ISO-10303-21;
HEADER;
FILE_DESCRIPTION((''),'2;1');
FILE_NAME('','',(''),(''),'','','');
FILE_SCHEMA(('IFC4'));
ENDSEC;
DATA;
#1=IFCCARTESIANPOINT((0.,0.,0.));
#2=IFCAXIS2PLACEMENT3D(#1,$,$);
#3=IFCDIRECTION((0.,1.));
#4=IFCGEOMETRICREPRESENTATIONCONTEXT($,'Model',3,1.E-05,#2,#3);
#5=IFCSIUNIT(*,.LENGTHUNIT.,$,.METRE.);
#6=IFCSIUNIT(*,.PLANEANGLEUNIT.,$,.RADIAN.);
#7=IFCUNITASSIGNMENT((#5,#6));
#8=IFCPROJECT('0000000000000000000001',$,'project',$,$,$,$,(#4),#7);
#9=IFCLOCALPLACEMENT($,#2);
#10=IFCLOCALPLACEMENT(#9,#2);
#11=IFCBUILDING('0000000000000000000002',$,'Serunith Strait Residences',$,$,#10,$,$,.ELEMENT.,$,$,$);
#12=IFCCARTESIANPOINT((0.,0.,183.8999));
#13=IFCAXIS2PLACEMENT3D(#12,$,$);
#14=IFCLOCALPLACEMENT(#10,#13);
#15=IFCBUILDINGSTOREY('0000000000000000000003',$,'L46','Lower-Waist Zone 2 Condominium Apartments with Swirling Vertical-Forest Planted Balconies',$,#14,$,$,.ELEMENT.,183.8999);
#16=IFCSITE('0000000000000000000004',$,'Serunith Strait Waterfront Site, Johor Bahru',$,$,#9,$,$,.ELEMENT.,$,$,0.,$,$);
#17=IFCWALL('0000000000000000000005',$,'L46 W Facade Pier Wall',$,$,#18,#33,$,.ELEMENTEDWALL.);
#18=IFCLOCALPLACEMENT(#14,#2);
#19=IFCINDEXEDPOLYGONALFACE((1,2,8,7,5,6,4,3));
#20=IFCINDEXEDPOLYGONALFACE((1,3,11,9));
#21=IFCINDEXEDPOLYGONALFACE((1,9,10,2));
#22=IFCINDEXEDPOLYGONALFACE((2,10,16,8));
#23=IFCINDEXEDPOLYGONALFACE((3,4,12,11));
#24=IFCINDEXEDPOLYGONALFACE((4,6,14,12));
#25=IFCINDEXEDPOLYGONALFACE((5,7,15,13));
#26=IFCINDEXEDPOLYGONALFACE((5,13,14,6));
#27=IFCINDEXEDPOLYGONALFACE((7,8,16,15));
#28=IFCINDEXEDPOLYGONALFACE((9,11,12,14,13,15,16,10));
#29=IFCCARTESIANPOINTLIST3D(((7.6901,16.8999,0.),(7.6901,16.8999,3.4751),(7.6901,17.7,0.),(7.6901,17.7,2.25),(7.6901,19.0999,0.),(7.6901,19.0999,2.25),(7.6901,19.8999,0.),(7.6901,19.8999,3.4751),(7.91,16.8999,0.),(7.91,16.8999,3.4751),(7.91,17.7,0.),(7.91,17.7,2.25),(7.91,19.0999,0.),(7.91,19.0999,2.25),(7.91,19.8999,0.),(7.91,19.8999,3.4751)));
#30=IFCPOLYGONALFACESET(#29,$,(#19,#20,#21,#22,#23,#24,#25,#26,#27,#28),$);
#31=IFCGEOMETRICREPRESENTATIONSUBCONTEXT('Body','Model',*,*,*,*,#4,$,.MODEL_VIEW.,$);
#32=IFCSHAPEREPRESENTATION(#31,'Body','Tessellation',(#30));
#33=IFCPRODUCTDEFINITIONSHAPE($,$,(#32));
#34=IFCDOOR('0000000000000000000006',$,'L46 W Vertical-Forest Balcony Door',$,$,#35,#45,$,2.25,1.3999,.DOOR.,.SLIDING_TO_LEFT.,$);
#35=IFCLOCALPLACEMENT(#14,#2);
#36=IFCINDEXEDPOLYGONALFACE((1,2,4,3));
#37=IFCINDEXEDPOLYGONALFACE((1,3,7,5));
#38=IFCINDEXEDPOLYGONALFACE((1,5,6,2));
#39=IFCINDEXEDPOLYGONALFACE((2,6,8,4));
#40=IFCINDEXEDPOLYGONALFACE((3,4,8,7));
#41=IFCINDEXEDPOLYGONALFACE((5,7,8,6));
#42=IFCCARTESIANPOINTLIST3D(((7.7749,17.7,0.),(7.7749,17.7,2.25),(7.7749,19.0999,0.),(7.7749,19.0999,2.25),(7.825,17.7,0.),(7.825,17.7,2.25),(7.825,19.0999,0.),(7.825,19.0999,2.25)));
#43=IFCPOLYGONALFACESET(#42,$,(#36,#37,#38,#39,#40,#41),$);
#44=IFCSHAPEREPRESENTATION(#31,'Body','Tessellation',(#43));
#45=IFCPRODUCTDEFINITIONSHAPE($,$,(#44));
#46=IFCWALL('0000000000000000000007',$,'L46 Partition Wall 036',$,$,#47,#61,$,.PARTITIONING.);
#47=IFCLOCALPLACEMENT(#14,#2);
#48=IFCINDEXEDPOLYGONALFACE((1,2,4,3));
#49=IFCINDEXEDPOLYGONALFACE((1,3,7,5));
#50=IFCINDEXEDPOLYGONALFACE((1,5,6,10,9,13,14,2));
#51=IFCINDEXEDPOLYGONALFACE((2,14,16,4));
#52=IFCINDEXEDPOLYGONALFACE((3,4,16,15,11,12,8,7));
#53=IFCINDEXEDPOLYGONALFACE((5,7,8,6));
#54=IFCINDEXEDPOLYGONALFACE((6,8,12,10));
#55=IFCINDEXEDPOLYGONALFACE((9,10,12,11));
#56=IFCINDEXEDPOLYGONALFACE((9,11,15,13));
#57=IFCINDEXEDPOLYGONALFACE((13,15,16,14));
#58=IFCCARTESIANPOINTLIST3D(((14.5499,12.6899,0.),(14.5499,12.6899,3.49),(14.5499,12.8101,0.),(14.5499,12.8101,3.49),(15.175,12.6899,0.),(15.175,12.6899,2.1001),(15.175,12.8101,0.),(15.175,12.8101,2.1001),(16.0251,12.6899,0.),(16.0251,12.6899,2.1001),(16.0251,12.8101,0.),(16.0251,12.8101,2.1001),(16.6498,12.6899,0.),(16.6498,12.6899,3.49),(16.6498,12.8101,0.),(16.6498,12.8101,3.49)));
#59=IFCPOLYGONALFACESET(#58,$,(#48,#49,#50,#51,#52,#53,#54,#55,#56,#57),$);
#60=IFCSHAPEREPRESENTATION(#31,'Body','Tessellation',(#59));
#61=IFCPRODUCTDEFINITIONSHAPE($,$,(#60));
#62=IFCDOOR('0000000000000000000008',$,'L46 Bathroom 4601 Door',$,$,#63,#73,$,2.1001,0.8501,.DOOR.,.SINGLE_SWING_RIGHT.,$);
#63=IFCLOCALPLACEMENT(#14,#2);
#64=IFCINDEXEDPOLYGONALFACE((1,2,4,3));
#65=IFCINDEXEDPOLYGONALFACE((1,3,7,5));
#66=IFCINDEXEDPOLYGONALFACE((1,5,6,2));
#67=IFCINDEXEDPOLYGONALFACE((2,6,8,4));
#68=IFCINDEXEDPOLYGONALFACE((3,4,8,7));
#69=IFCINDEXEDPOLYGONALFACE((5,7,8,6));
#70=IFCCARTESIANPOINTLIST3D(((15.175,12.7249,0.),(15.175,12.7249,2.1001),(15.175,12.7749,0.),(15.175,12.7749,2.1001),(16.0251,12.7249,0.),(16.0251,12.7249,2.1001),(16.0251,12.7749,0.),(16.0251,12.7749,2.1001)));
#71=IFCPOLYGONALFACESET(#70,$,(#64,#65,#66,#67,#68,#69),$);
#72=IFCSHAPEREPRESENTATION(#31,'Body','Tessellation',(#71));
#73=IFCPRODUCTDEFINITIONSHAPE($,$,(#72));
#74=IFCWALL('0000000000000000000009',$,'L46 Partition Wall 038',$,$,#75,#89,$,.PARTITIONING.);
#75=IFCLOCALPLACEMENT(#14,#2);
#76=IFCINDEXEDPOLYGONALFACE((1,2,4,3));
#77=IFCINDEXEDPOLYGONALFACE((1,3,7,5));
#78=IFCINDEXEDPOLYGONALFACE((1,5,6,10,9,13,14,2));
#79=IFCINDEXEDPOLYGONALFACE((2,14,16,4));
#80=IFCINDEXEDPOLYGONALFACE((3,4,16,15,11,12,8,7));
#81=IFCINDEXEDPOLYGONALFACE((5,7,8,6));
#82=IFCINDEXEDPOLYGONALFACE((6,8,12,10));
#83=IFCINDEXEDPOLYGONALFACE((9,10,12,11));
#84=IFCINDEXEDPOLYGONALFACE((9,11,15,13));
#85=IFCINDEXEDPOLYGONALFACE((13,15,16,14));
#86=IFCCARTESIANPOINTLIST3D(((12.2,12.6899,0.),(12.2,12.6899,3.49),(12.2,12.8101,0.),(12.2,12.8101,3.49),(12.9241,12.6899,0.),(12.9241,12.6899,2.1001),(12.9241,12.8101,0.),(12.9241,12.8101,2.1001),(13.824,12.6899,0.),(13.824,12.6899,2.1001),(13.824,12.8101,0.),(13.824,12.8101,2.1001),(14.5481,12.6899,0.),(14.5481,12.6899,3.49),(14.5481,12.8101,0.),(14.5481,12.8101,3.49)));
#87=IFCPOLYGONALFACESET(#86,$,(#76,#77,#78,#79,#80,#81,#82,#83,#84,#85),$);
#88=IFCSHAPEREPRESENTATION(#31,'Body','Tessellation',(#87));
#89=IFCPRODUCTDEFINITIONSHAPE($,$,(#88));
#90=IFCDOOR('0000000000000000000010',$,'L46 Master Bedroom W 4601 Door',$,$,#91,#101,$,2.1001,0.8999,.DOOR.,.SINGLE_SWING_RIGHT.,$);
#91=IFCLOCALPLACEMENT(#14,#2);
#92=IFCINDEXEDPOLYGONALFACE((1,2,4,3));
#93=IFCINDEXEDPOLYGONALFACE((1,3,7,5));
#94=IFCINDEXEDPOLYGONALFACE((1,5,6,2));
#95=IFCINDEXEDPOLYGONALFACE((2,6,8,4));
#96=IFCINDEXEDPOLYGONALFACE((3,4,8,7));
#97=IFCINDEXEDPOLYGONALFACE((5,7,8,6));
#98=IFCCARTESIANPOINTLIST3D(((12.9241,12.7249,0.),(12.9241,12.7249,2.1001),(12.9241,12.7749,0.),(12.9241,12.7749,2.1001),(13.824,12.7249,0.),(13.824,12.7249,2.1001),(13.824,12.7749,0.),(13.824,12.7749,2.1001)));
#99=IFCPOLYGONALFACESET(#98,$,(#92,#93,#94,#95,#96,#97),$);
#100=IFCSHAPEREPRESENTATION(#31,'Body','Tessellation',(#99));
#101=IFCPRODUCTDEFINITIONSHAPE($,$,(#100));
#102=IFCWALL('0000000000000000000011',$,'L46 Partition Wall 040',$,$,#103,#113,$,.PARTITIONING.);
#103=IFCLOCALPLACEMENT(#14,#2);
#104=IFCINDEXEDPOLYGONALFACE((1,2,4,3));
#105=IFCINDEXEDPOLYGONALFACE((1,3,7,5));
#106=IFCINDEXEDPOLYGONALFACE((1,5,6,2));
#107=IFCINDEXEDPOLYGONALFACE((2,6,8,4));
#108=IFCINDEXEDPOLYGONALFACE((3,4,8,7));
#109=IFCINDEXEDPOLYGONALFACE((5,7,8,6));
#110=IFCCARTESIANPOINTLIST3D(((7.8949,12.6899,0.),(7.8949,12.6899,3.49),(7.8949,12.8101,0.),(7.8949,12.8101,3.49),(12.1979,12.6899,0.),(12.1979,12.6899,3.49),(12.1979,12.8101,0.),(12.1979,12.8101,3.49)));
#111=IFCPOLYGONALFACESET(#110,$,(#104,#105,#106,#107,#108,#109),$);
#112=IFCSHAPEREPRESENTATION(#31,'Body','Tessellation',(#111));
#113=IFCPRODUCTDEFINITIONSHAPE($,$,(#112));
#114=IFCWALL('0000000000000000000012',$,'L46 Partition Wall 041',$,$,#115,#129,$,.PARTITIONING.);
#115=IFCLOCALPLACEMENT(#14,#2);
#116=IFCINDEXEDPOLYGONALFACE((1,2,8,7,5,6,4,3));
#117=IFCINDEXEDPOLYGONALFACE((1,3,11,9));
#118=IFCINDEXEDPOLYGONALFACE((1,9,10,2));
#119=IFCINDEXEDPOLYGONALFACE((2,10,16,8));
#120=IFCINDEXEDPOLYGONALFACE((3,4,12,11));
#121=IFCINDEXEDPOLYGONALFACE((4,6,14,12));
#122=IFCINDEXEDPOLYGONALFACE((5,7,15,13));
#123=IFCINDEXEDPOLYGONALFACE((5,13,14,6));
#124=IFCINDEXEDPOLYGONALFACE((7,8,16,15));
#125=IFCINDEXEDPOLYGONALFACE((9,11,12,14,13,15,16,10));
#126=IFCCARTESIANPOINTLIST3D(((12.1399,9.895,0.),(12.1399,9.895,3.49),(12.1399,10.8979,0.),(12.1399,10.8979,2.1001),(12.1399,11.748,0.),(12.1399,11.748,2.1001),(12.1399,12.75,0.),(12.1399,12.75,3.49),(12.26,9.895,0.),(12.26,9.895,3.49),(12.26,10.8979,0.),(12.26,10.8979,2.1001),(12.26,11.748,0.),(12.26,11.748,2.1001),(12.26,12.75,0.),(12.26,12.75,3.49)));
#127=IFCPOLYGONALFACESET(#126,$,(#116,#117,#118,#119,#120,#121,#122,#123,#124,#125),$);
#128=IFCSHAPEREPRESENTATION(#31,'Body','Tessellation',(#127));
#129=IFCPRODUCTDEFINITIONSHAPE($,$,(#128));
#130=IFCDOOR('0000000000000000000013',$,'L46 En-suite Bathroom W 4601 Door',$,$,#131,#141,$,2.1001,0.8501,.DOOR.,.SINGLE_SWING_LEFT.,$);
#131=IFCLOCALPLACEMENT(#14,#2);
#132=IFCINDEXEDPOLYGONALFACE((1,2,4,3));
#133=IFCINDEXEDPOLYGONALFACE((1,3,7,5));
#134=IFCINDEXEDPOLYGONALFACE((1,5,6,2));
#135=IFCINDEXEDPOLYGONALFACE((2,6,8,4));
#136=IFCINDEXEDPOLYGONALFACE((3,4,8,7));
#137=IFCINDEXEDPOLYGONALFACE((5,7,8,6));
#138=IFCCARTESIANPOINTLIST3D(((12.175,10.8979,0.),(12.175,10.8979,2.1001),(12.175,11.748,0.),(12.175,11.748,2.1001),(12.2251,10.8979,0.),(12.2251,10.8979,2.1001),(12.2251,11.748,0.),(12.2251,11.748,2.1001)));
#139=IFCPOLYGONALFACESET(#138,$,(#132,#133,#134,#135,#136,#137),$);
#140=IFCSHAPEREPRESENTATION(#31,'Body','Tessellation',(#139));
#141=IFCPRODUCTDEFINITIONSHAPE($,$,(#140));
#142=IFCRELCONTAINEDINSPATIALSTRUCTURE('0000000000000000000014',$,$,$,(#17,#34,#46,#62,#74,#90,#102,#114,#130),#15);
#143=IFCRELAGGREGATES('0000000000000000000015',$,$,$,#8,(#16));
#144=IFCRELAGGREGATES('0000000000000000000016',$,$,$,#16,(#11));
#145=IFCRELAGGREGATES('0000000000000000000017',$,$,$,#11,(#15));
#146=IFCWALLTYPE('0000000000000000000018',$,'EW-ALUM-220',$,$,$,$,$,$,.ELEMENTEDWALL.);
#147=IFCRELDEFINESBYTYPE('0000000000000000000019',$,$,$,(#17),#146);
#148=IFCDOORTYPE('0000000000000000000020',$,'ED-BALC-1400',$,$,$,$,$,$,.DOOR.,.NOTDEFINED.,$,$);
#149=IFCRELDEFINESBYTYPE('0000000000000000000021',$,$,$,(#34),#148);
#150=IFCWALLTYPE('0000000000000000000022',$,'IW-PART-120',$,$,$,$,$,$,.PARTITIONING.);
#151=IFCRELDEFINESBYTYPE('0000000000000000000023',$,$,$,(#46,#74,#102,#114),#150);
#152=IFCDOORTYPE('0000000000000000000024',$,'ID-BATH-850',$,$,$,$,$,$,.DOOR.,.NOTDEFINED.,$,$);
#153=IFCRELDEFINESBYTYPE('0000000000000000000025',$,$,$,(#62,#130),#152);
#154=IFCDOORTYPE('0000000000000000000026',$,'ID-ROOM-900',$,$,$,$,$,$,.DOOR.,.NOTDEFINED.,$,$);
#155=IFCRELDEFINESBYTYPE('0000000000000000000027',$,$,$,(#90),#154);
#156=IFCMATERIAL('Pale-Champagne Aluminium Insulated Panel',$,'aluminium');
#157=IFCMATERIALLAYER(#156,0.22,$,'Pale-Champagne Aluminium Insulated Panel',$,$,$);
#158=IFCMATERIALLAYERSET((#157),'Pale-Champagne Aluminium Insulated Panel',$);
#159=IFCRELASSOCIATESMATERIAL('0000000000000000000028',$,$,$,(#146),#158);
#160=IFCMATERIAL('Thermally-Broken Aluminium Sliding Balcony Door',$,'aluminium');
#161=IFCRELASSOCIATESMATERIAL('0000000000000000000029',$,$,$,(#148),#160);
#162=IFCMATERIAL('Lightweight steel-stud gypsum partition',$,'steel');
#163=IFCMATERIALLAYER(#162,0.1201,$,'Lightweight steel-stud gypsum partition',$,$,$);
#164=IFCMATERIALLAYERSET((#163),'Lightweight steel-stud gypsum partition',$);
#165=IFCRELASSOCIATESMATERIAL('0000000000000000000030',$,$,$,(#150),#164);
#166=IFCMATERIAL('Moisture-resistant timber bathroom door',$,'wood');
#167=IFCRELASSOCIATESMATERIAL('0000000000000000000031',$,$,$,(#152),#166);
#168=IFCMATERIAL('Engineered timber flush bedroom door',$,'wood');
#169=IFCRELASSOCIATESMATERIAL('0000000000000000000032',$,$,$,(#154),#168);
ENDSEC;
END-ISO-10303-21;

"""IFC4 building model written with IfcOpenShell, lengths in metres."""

from ifc_helpers import new_model, si_unit, direction, frame, frame_2d, origin, place, context, subcontext, project, spatial, rectangle, extrude, source, transform, mapped, material, layer, layer_set, type_object, element, fill, save


model = new_model("IFC4")

# Units and contexts
model_context = context("Model", 3, precision=1e-05, world=origin(), true_north=direction((0.0, 1.0)))
body_context = subcontext(model_context, "Body", "Model", "MODEL_VIEW")
ifc_project = project(units=[si_unit("LENGTHUNIT", "METRE"), si_unit("PLANEANGLEUNIT", "RADIAN")], contexts=[model_context])

# Site, building, storey
site_placement = place(None, origin())
site = spatial("IfcSite", under=ifc_project, at=site_placement, Name="Serunith Strait Waterfront Site, Johor Bahru", CompositionType="ELEMENT", RefElevation=0.0)
building_placement = place(site_placement, origin())
building = spatial("IfcBuilding", under=site, at=building_placement, Name="Serunith Strait Residences", CompositionType="ELEMENT")
storey_placement = place(building_placement, frame((0.0, 0.0, 183.8999)))
storey = spatial("IfcBuildingStorey", under=building, at=storey_placement, Name="L46", Description="Lower-Waist Zone 2 Condominium Apartments with Swirling Vertical-Forest Planted Balconies", CompositionType="ELEMENT", Elevation=183.8999)

# Walls, openings, doors
ifc_material_1 = material(Name="Pale-Champagne Aluminium Insulated Panel", Category="aluminium")
ifc_layer_1 = layer(ifc_material_1, 0.22, Name="Pale-Champagne Aluminium Insulated Panel")
ifc_layer_set_1 = layer_set([ifc_layer_1], Name="Pale-Champagne Aluminium Insulated Panel")
wall_type_1 = type_object("IfcWallType", Name="EW-ALUM-220", PredefinedType="ELEMENTEDWALL", material=ifc_layer_set_1)
wall_1_placement = place(storey_placement, frame((7.8, 19.8999, 0.0), z_axis=(0.0, 0.0, 1.0), x_axis=(0.0, -1.0, 0.0)))
wall_1 = element("IfcWall", 1, at=wall_1_placement, inside=storey, type_object=wall_type_1, Name="L46 W Facade Pier Wall", PredefinedType="ELEMENTEDWALL", context=body_context, shape_type="SweptSolid", body=[
    extrude(rectangle(XDim=3.0, YDim=0.22, at=frame_2d((1.5, 0.0))), origin(), (0.0, 0.0, 1.0), 3.4751),
])
opening_1_placement = place(wall_1_placement, frame((0.8, 0.0, 0.0)))
opening_1 = element("IfcOpeningElement", 2, at=opening_1_placement, cuts=wall_1, PredefinedType="OPENING", context=body_context, shape_type="SweptSolid", body=[
    extrude(rectangle(XDim=1.3999, YDim=2.25, at=frame_2d((0.7, 1.125))), frame((0.0, 0.1201, 0.0), z_axis=(0.0, -1.0, 0.0), x_axis=(1.0, 0.0, 0.0)), (0.0, 0.0, 1.0), 0.24),
])
ifc_material_2 = material(Name="Thermally-Broken Aluminium Sliding Balcony Door", Category="aluminium")
door_type_1 = type_object("IfcDoorType", Name="ED-BALC-1400", OperationType="NOTDEFINED", PredefinedType="DOOR", material=ifc_material_2)
shared_shape_1 = source(origin(), body_context, "Body", "SweptSolid", [
    extrude(rectangle(XDim=1.3999, YDim=2.25, at=frame_2d((0.7, 1.125))), frame((0.0, 0.0249, 0.0), z_axis=(0.0, -1.0, 0.0), x_axis=(1.0, 0.0, 0.0)), (0.0, 0.0, 1.0), 0.05),
])
door_1_placement = place(opening_1_placement, origin())
door_1 = element("IfcDoor", 3, at=door_1_placement, inside=storey, type_object=door_type_1, Name="L46 W Vertical-Forest Balcony Door", OperationType="SLIDING_TO_LEFT", OverallHeight=2.25, OverallWidth=1.3999, PredefinedType="DOOR", context=body_context, shape_type="MappedRepresentation", body=[
    mapped(shared_shape_1, transform((0.0, 0.0, 0.0), scale=1.0)),
])
fill(opening_1, door_1)
ifc_material_3 = material(Name="Lightweight steel-stud gypsum partition", Category="steel")
ifc_layer_2 = layer(ifc_material_3, 0.1201, Name="Lightweight steel-stud gypsum partition")
ifc_layer_set_2 = layer_set([ifc_layer_2], Name="Lightweight steel-stud gypsum partition")
wall_type_2 = type_object("IfcWallType", Name="IW-PART-120", PredefinedType="PARTITIONING", material=ifc_layer_set_2)
wall_2_placement = place(storey_placement, frame((14.55, 12.75, 0.0), z_axis=(0.0, 0.0, 1.0), x_axis=(1.0, 0.0, 0.0)))
wall_2 = element("IfcWall", 4, at=wall_2_placement, inside=storey, type_object=wall_type_2, Name="L46 Partition Wall 036", PredefinedType="PARTITIONING", context=body_context, shape_type="SweptSolid", body=[
    extrude(rectangle(XDim=2.0999, YDim=0.1201, at=frame_2d((1.0498, 0.0))), origin(), (0.0, 0.0, 1.0), 3.49),
])
opening_2_placement = place(wall_2_placement, frame((0.625, 0.0, 0.0)))
opening_2 = element("IfcOpeningElement", 5, at=opening_2_placement, cuts=wall_2, PredefinedType="OPENING", context=body_context, shape_type="SweptSolid", body=[
    extrude(rectangle(XDim=0.8501, YDim=2.1001, at=frame_2d((0.425, 1.05))), frame((0.0, 0.0701, 0.0), z_axis=(0.0, -1.0, 0.0), x_axis=(1.0, 0.0, 0.0)), (0.0, 0.0, 1.0), 0.1401),
])
ifc_material_4 = material(Name="Moisture-resistant timber bathroom door", Category="wood")
door_type_2 = type_object("IfcDoorType", Name="ID-BATH-850", OperationType="NOTDEFINED", PredefinedType="DOOR", material=ifc_material_4)
shared_shape_2 = source(origin(), body_context, "Body", "SweptSolid", [
    extrude(rectangle(XDim=0.8501, YDim=2.1001, at=frame_2d((0.425, 1.05))), frame((0.0, 0.0249, 0.0), z_axis=(0.0, -1.0, 0.0), x_axis=(1.0, 0.0, 0.0)), (0.0, 0.0, 1.0), 0.05),
])
door_2_placement = place(opening_2_placement, origin())
door_2 = element("IfcDoor", 6, at=door_2_placement, inside=storey, type_object=door_type_2, Name="L46 Bathroom 4601 Door", OperationType="SINGLE_SWING_RIGHT", OverallHeight=2.1001, OverallWidth=0.8501, PredefinedType="DOOR", context=body_context, shape_type="MappedRepresentation", body=[
    mapped(shared_shape_2, transform((0.0, 0.0, 0.0), scale=1.0)),
])
fill(opening_2, door_2)
wall_3_placement = place(storey_placement, frame((12.2, 12.75, 0.0), z_axis=(0.0, 0.0, 1.0), x_axis=(1.0, 0.0, 0.0)))
wall_3 = element("IfcWall", 7, at=wall_3_placement, inside=storey, type_object=wall_type_2, Name="L46 Partition Wall 038", PredefinedType="PARTITIONING", context=body_context, shape_type="SweptSolid", body=[
    extrude(rectangle(XDim=2.3481, YDim=0.1201, at=frame_2d((1.1741, 0.0))), origin(), (0.0, 0.0, 1.0), 3.49),
])
opening_3_placement = place(wall_3_placement, frame((0.7241, 0.0, 0.0)))
opening_3 = element("IfcOpeningElement", 8, at=opening_3_placement, cuts=wall_3, PredefinedType="OPENING", context=body_context, shape_type="SweptSolid", body=[
    extrude(rectangle(XDim=0.8999, YDim=2.1001, at=frame_2d((0.45, 1.05))), frame((0.0, 0.0701, 0.0), z_axis=(0.0, -1.0, 0.0), x_axis=(1.0, 0.0, 0.0)), (0.0, 0.0, 1.0), 0.1401),
])
ifc_material_5 = material(Name="Engineered timber flush bedroom door", Category="wood")
door_type_3 = type_object("IfcDoorType", Name="ID-ROOM-900", OperationType="NOTDEFINED", PredefinedType="DOOR", material=ifc_material_5)
shared_shape_3 = source(origin(), body_context, "Body", "SweptSolid", [
    extrude(rectangle(XDim=0.8999, YDim=2.1001, at=frame_2d((0.45, 1.05))), frame((0.0, 0.0249, 0.0), z_axis=(0.0, -1.0, 0.0), x_axis=(1.0, 0.0, 0.0)), (0.0, 0.0, 1.0), 0.05),
])
door_3_placement = place(opening_3_placement, origin())
door_3 = element("IfcDoor", 9, at=door_3_placement, inside=storey, type_object=door_type_3, Name="L46 Master Bedroom W 4601 Door", OperationType="SINGLE_SWING_RIGHT", OverallHeight=2.1001, OverallWidth=0.8999, PredefinedType="DOOR", context=body_context, shape_type="MappedRepresentation", body=[
    mapped(shared_shape_3, transform((0.0, 0.0, 0.0), scale=1.0)),
])
fill(opening_3, door_3)

# Wall
wall_4_placement = place(storey_placement, frame((7.895, 12.75, 0.0), z_axis=(0.0, 0.0, 1.0), x_axis=(1.0, 0.0, 0.0)))
element("IfcWall", 10, at=wall_4_placement, inside=storey, type_object=wall_type_2, Name="L46 Partition Wall 040", PredefinedType="PARTITIONING", context=body_context, shape_type="SweptSolid", body=[
    extrude(rectangle(XDim=4.303, YDim=0.1201, at=frame_2d((2.1514, 0.0))), origin(), (0.0, 0.0, 1.0), 3.49),
])

# Wall, opening, door
wall_5_placement = place(storey_placement, frame((12.2, 9.895, 0.0), z_axis=(0.0, 0.0, 1.0), x_axis=(0.0, 1.0, 0.0)))
wall_5 = element("IfcWall", 11, at=wall_5_placement, inside=storey, type_object=wall_type_2, Name="L46 Partition Wall 041", PredefinedType="PARTITIONING", context=body_context, shape_type="SweptSolid", body=[
    extrude(rectangle(XDim=2.855, YDim=0.1201, at=frame_2d((1.4275, 0.0))), origin(), (0.0, 0.0, 1.0), 3.49),
])
opening_4_placement = place(wall_5_placement, frame((1.0029, 0.0, 0.0)))
opening_4 = element("IfcOpeningElement", 12, at=opening_4_placement, cuts=wall_5, PredefinedType="OPENING", context=body_context, shape_type="SweptSolid", body=[
    extrude(rectangle(XDim=0.8501, YDim=2.1001, at=frame_2d((0.425, 1.05))), frame((0.0, 0.0701, 0.0), z_axis=(0.0, -1.0, 0.0), x_axis=(1.0, 0.0, 0.0)), (0.0, 0.0, 1.0), 0.1401),
])
door_4_placement = place(opening_4_placement, origin())
door_4 = element("IfcDoor", 13, at=door_4_placement, inside=storey, type_object=door_type_2, Name="L46 En-suite Bathroom W 4601 Door", OperationType="SINGLE_SWING_LEFT", OverallHeight=2.1001, OverallWidth=0.8501, PredefinedType="DOOR", context=body_context, shape_type="MappedRepresentation", body=[
    mapped(shared_shape_2, transform((0.0, 0.0, 0.0), scale=1.0)),
])
fill(opening_4, door_4)

save(model, "model.ifc")
